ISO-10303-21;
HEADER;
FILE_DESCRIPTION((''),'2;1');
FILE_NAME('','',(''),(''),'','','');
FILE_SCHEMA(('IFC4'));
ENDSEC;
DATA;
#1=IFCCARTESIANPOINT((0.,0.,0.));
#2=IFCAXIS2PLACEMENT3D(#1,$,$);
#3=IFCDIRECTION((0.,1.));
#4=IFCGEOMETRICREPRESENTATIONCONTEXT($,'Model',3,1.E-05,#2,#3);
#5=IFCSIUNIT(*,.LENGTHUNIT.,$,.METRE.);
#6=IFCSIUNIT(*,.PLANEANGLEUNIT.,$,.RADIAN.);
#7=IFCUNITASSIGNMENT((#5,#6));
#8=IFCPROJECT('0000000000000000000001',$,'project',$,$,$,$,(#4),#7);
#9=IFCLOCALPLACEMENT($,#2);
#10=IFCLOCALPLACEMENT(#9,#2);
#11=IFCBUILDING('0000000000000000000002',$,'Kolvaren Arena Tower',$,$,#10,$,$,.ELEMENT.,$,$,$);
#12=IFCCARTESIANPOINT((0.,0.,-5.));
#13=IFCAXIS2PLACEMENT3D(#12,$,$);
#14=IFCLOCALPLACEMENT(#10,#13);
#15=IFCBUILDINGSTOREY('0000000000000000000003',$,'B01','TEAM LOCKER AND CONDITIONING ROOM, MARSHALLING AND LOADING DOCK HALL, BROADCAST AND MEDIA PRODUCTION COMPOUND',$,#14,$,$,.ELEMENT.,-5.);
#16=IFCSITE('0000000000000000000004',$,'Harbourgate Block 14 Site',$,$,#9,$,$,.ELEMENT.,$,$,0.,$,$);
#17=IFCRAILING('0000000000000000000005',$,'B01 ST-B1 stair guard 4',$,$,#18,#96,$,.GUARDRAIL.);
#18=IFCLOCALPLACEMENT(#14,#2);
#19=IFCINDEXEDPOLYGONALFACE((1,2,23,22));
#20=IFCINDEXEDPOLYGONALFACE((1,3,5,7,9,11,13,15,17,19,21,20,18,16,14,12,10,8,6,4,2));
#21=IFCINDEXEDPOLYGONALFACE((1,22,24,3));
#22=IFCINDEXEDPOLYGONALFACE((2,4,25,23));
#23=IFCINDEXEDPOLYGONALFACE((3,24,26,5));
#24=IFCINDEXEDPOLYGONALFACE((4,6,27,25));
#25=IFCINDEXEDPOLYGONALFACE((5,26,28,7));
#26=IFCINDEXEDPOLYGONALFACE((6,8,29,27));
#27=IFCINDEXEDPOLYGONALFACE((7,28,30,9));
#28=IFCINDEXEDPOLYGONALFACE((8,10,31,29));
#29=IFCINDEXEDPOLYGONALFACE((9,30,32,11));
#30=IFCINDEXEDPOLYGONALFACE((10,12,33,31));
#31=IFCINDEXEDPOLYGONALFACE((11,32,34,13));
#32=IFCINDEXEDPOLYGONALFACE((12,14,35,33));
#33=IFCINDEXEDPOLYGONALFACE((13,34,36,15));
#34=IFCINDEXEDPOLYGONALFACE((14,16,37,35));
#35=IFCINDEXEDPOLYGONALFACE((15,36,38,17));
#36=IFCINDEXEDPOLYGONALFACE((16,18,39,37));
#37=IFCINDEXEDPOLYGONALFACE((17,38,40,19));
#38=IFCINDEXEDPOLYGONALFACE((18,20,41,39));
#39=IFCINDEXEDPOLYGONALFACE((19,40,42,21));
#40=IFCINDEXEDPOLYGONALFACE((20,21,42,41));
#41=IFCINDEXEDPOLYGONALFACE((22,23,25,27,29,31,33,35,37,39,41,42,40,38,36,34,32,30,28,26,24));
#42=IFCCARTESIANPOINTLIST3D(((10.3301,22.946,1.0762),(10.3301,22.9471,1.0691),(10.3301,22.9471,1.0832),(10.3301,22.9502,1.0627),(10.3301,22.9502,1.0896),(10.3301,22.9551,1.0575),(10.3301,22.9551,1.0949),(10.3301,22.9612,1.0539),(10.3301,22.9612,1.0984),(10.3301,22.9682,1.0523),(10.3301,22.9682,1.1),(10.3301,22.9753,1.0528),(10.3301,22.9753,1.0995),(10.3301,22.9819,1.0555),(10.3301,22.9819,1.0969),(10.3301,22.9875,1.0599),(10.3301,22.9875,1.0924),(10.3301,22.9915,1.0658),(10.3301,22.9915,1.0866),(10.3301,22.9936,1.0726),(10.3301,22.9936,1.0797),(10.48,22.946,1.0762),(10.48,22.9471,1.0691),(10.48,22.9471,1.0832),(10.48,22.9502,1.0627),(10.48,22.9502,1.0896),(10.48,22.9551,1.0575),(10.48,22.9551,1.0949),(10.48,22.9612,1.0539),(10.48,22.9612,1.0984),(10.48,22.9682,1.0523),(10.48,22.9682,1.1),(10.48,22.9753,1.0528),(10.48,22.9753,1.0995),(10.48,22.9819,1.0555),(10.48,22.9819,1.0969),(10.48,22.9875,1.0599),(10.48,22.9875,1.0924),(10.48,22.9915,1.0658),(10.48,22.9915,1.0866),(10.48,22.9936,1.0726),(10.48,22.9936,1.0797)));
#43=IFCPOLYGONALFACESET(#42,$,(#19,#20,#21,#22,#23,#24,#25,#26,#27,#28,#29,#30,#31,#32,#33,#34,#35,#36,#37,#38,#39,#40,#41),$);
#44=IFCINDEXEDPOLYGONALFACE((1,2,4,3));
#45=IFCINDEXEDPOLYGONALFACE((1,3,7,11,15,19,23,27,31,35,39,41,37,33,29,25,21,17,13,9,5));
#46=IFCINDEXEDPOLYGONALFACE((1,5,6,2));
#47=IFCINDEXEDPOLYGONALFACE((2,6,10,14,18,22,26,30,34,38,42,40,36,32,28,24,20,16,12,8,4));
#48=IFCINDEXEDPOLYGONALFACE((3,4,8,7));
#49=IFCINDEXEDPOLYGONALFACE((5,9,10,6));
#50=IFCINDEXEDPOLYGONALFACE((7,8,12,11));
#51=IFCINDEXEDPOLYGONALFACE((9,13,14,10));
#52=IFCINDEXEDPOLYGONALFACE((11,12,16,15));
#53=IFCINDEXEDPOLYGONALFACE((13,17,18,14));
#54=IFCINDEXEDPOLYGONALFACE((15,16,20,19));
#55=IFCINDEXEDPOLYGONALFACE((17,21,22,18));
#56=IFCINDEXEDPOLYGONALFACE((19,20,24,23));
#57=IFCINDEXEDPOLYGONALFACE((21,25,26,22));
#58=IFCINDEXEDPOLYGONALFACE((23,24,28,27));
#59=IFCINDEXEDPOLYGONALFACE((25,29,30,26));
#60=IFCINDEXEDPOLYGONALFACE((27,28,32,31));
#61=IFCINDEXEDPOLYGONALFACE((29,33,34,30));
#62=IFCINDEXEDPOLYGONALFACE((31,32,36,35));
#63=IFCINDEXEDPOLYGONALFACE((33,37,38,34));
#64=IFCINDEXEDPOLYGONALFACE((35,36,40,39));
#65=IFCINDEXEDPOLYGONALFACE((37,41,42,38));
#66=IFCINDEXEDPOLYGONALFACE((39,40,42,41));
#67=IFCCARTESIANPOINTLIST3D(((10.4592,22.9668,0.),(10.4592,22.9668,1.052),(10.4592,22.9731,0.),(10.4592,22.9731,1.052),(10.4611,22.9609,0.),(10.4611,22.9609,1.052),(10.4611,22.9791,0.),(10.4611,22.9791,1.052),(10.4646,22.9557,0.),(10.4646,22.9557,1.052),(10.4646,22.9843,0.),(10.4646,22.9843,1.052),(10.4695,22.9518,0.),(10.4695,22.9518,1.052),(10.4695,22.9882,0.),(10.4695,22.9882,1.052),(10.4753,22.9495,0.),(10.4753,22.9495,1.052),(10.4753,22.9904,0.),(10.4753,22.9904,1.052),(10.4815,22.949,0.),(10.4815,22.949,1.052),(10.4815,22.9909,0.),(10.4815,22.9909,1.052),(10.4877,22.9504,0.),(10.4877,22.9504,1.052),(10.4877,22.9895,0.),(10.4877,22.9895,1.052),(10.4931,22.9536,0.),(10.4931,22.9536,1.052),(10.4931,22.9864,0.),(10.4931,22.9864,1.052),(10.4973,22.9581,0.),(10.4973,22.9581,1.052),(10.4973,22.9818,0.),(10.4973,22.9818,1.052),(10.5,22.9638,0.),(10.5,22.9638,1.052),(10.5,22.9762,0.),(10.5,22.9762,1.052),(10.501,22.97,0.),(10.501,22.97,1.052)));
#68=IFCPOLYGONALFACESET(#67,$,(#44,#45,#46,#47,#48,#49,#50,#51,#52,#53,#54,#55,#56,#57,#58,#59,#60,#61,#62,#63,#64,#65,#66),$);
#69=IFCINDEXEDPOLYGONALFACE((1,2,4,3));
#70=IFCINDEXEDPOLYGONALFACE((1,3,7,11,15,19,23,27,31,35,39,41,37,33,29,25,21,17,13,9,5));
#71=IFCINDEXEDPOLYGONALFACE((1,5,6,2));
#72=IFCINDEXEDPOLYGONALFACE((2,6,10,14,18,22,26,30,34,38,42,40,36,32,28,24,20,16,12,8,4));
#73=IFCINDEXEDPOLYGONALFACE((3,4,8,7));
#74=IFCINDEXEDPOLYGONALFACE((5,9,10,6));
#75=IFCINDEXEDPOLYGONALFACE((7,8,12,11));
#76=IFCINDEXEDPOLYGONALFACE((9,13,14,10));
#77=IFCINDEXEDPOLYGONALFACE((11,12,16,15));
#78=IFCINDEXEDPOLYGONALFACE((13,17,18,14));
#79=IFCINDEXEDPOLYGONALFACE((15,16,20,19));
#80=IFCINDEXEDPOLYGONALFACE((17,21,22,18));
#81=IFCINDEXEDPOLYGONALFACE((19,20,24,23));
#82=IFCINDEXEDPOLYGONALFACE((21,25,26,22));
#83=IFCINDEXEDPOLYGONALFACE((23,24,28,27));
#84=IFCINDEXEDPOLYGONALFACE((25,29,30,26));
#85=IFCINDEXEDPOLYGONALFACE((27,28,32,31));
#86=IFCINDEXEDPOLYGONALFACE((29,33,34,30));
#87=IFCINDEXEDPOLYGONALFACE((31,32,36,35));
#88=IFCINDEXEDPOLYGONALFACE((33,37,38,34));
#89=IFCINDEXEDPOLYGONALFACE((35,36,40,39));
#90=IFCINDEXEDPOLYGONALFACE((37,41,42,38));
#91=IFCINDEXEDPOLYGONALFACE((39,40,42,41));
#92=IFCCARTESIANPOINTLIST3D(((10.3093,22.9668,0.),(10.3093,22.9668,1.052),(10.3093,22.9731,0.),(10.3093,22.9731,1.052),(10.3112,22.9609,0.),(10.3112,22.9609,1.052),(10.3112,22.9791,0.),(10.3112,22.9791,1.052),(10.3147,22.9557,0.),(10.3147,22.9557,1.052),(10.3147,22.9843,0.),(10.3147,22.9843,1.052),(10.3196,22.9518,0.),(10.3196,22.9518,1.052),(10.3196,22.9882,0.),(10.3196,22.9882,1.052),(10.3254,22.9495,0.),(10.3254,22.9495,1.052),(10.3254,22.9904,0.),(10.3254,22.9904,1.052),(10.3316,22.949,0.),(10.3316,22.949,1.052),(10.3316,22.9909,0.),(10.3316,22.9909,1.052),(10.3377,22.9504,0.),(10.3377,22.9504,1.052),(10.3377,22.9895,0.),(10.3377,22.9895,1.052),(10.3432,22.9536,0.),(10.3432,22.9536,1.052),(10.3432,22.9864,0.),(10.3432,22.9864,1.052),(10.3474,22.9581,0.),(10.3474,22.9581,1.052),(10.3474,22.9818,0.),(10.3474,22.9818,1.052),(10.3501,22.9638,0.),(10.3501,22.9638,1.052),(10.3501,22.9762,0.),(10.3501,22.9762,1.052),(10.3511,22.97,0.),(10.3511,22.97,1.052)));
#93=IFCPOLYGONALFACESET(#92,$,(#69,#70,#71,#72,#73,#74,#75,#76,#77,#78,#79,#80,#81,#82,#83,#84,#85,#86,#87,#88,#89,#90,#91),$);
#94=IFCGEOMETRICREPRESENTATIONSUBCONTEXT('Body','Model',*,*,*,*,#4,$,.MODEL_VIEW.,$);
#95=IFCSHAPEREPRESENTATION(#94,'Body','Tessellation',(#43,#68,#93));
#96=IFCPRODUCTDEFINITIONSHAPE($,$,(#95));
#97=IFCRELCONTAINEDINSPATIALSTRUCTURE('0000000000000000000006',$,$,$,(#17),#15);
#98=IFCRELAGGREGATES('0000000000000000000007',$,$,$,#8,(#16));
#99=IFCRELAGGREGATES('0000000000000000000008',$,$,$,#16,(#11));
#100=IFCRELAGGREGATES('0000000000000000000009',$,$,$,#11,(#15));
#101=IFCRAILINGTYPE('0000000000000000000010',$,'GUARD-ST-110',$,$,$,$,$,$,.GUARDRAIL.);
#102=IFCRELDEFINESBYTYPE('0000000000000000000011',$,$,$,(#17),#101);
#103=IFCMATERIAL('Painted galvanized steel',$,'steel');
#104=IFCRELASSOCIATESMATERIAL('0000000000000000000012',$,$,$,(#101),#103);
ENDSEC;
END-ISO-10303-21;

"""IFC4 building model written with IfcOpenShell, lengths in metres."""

from ifc_helpers import new_model, si_unit, direction, frame, origin, origin_2d, place, context, subcontext, project, spatial, circle, extrude, material, type_object, element, save


model = new_model("IFC4")

# Units and contexts
model_context = context("Model", 3, precision=1e-05, world=origin(), true_north=direction((0.0, 1.0)))
body_context = subcontext(model_context, "Body", "Model", "MODEL_VIEW")
ifc_project = project(units=[si_unit("LENGTHUNIT", "METRE"), si_unit("PLANEANGLEUNIT", "RADIAN")], contexts=[model_context])

# Site, building, storey
site_placement = place(None, origin())
site = spatial("IfcSite", under=ifc_project, at=site_placement, Name="Harbourgate Block 14 Site", CompositionType="ELEMENT", RefElevation=0.0)
building_placement = place(site_placement, origin())
building = spatial("IfcBuilding", under=site, at=building_placement, Name="Kolvaren Arena Tower", CompositionType="ELEMENT")
storey_placement = place(building_placement, frame((0.0, 0.0, -5.0)))
storey = spatial("IfcBuildingStorey", under=building, at=storey_placement, Name="B01", Description="TEAM LOCKER AND CONDITIONING ROOM, MARSHALLING AND LOADING DOCK HALL, BROADCAST AND MEDIA PRODUCTION COMPOUND", CompositionType="ELEMENT", Elevation=-5.0)

# Railing
ifc_material_1 = material(Name="Painted galvanized steel", Category="steel")
railing_type_1 = type_object("IfcRailingType", Name="GUARD-ST-110", PredefinedType="GUARDRAIL", material=ifc_material_1)
railing_1_placement = place(storey_placement, frame((10.48, 22.97, 0.0)))
element("IfcRailing", 1, at=railing_1_placement, inside=storey, type_object=railing_type_1, Name="B01 ST-B1 stair guard 4", PredefinedType="GUARDRAIL", context=body_context, shape_type="SweptSolid", body=[
    extrude(circle(Radius=0.0239, at=origin_2d()), frame((0.0, 0.0, 1.0762), z_axis=(-1.0, 0.0, 0.0), x_axis=(0.0, -1.0, 0.0)), (0.0, 0.0, 1.0), 0.1499),
    extrude(circle(Radius=0.021, at=origin_2d()), origin(), (0.0, 0.0, 1.0), 1.052),
    extrude(circle(Radius=0.021, at=origin_2d()), frame((-0.1499, 0.0, 0.0)), (0.0, 0.0, 1.0), 1.052),
])

save(model, "model.ifc")
